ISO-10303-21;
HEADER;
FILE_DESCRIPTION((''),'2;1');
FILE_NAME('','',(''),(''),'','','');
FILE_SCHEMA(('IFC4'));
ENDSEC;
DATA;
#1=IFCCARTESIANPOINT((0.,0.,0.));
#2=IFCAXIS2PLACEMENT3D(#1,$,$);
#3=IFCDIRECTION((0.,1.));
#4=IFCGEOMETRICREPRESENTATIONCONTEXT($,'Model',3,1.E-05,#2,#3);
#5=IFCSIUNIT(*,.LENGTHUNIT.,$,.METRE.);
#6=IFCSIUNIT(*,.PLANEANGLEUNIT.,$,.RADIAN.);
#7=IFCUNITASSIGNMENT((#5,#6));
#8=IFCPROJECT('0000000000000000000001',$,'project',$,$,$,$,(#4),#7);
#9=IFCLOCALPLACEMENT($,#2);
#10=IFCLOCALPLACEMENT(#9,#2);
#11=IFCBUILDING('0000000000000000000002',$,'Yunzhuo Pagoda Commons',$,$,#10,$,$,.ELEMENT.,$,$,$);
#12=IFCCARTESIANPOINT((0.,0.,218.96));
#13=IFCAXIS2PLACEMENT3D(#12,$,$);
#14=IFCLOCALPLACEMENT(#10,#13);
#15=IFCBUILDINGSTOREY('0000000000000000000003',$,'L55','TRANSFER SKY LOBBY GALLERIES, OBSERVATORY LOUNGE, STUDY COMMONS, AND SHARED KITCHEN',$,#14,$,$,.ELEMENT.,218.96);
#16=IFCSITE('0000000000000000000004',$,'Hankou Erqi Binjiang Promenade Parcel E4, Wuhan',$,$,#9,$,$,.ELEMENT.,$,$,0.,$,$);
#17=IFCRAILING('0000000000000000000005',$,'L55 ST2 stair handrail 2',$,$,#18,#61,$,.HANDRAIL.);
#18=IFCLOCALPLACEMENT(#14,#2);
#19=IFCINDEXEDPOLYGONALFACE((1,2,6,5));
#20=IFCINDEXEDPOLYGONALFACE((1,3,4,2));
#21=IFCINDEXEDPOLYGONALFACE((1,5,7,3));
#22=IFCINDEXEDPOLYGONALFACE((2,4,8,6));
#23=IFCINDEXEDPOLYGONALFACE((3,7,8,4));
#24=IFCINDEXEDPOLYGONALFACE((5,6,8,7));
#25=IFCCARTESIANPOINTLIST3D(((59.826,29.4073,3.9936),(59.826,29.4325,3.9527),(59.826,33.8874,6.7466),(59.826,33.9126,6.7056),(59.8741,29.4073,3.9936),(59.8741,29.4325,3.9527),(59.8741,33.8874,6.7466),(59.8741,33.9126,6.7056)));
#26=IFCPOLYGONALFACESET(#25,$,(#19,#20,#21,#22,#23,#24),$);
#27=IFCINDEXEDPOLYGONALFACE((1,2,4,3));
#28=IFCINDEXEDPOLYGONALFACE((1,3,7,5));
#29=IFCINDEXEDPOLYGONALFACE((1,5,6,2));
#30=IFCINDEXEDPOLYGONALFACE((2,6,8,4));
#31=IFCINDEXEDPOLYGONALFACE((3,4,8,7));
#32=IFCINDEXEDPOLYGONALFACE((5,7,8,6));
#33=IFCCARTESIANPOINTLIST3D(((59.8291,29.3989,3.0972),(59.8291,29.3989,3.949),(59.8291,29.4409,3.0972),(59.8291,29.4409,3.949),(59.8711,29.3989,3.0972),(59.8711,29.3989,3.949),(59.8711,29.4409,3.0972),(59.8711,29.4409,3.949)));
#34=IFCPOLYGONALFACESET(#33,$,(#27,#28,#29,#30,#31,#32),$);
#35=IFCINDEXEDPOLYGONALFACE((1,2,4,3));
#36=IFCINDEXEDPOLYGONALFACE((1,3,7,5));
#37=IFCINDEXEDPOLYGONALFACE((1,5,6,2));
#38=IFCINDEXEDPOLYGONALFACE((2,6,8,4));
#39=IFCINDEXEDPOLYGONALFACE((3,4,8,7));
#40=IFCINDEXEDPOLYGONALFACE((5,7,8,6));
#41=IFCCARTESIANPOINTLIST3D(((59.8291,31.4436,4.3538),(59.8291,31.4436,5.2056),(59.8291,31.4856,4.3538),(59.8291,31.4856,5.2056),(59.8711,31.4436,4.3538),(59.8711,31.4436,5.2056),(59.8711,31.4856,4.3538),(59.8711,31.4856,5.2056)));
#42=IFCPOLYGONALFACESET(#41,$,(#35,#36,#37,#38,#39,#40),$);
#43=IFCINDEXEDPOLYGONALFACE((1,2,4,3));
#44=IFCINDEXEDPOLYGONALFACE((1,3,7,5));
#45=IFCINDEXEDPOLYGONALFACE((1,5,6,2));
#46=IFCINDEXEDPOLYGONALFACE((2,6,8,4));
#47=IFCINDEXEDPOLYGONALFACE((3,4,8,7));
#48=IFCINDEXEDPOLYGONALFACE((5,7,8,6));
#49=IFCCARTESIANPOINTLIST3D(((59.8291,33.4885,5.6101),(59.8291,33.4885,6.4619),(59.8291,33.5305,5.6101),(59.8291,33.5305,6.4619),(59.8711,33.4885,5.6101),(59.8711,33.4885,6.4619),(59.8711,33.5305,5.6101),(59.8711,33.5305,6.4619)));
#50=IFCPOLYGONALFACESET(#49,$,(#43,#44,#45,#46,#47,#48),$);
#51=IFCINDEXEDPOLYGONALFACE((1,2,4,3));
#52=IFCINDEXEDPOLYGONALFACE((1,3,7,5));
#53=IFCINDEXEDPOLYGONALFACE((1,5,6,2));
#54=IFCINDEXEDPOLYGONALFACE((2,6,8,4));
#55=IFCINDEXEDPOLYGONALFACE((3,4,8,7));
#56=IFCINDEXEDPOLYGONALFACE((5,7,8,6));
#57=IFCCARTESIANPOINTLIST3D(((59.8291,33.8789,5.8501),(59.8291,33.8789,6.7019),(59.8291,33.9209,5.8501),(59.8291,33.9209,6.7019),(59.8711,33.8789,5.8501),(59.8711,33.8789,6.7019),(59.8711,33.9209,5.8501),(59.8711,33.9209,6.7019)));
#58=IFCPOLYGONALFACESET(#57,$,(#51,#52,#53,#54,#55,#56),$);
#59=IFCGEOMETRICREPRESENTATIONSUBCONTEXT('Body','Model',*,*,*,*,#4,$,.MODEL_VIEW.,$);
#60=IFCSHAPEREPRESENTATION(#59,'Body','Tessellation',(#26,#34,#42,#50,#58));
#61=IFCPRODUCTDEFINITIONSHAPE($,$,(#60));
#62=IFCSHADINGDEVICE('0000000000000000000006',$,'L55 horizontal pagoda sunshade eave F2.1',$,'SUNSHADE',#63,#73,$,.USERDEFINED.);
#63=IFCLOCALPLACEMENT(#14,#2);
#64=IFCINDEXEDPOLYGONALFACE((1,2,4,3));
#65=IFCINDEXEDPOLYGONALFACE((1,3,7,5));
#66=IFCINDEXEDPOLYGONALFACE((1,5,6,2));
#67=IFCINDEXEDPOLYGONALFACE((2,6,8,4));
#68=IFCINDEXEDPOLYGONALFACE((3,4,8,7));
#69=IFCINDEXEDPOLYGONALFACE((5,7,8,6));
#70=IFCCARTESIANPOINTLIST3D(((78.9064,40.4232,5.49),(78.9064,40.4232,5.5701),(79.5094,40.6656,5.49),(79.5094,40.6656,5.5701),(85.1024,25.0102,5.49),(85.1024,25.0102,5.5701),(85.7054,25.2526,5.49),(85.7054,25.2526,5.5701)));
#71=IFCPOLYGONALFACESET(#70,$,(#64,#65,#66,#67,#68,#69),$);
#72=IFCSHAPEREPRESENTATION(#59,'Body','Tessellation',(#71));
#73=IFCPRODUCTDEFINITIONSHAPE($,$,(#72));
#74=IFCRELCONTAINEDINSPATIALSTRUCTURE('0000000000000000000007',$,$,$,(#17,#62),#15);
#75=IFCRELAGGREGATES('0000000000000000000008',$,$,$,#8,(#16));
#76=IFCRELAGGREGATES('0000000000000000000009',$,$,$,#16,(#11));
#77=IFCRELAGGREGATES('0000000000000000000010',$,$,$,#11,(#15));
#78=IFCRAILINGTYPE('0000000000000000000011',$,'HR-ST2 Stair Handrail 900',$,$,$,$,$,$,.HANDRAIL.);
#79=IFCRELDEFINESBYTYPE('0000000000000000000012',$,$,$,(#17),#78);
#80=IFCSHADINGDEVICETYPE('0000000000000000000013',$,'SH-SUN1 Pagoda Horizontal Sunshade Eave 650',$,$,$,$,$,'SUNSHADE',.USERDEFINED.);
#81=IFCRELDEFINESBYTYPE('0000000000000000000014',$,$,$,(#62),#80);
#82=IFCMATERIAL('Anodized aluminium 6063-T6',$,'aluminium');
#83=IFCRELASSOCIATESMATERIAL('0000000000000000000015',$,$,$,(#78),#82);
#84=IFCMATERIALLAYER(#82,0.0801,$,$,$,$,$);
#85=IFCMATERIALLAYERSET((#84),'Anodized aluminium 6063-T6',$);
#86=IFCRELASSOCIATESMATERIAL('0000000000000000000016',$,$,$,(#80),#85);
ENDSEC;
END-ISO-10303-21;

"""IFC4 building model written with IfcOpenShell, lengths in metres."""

from ifc_helpers import new_model, si_unit, direction, frame, origin, origin_2d, place, context, subcontext, project, spatial, rectangle, extrude, source, transform, mapped, material, layer, layer_set, type_object, element, save


model = new_model("IFC4")

# Units and contexts
model_context = context("Model", 3, precision=1e-05, world=origin(), true_north=direction((0.0, 1.0)))
body_context = subcontext(model_context, "Body", "Model", "MODEL_VIEW")
ifc_project = project(units=[si_unit("LENGTHUNIT", "METRE"), si_unit("PLANEANGLEUNIT", "RADIAN")], contexts=[model_context])

# Site, building, storey
site_placement = place(None, origin())
site = spatial("IfcSite", under=ifc_project, at=site_placement, Name="Hankou Erqi Binjiang Promenade Parcel E4, Wuhan", CompositionType="ELEMENT", RefElevation=0.0)
building_placement = place(site_placement, origin())
building = spatial("IfcBuilding", under=site, at=building_placement, Name="Yunzhuo Pagoda Commons", CompositionType="ELEMENT")
storey_placement = place(building_placement, frame((0.0, 0.0, 218.96)))
storey = spatial("IfcBuildingStorey", under=building, at=storey_placement, Name="L55", Description="TRANSFER SKY LOBBY GALLERIES, OBSERVATORY LOUNGE, STUDY COMMONS, AND SHARED KITCHEN", CompositionType="ELEMENT", Elevation=218.96)

# Shared definitions
ifc_material_1 = material(Name="Anodized aluminium 6063-T6", Category="aluminium")

# Railing
railing_type_1 = type_object("IfcRailingType", Name="HR-ST2 Stair Handrail 900", PredefinedType="HANDRAIL", material=ifc_material_1)
railing_1_placement = place(storey_placement, frame((59.8501, 29.4199, 3.0972)))
element("IfcRailing", 1, at=railing_1_placement, inside=storey, type_object=railing_type_1, Name="L55 ST2 stair handrail 2", PredefinedType="HANDRAIL", context=body_context, shape_type="SweptSolid", body=[
    extrude(rectangle(XDim=0.0481, YDim=0.0481, at=origin_2d()), frame((0.0, 0.0, 0.876), z_axis=(0.0, 0.851996, 0.523548), x_axis=(-1.0, 0.0, 0.0)), (0.0, 0.0, 1.0), 5.2583),
    extrude(rectangle(XDim=0.042, YDim=0.042, at=origin_2d()), origin(), (0.0, 0.0, 1.0), 0.8518),
    extrude(rectangle(XDim=0.042, YDim=0.042, at=origin_2d()), frame((0.0, 2.0447, 1.2566)), (0.0, 0.0, 1.0), 0.8518),
    extrude(rectangle(XDim=0.042, YDim=0.042, at=origin_2d()), frame((0.0, 4.0896, 2.5129)), (0.0, 0.0, 1.0), 0.8518),
    extrude(rectangle(XDim=0.042, YDim=0.042, at=origin_2d()), frame((0.0, 4.48, 2.7529)), (0.0, 0.0, 1.0), 0.8518),
])

# Shading device
ifc_layer_1 = layer(ifc_material_1, 0.0801)
ifc_layer_set_1 = layer_set([ifc_layer_1], Name="Anodized aluminium 6063-T6")
shading_device_type = type_object("IfcShadingDeviceType", Name="SH-SUN1 Pagoda Horizontal Sunshade Eave 650", ElementType="SUNSHADE", PredefinedType="USERDEFINED", material=ifc_layer_set_1)
shared_shape_1 = source(origin(), body_context, "Body", "SweptSolid", [
    extrude(rectangle(XDim=16.6118, YDim=0.6499, at=origin_2d()), origin(), (0.0, 0.0, 1.0), 0.0801),
])
shading_device_placement = place(storey_placement, frame((82.3059, 32.8379, 5.49), z_axis=(0.0, 0.0, 1.0), x_axis=(-0.372988, 0.927836, 0.0)))
element("IfcShadingDevice", 2, at=shading_device_placement, inside=storey, type_object=shading_device_type, Name="L55 horizontal pagoda sunshade eave F2.1", ObjectType="SUNSHADE", PredefinedType="USERDEFINED", context=body_context, shape_type="MappedRepresentation", body=[
    mapped(shared_shape_1, transform((0.0, 0.0, 0.0), scale=1.0)),
])

save(model, "model.ifc")
